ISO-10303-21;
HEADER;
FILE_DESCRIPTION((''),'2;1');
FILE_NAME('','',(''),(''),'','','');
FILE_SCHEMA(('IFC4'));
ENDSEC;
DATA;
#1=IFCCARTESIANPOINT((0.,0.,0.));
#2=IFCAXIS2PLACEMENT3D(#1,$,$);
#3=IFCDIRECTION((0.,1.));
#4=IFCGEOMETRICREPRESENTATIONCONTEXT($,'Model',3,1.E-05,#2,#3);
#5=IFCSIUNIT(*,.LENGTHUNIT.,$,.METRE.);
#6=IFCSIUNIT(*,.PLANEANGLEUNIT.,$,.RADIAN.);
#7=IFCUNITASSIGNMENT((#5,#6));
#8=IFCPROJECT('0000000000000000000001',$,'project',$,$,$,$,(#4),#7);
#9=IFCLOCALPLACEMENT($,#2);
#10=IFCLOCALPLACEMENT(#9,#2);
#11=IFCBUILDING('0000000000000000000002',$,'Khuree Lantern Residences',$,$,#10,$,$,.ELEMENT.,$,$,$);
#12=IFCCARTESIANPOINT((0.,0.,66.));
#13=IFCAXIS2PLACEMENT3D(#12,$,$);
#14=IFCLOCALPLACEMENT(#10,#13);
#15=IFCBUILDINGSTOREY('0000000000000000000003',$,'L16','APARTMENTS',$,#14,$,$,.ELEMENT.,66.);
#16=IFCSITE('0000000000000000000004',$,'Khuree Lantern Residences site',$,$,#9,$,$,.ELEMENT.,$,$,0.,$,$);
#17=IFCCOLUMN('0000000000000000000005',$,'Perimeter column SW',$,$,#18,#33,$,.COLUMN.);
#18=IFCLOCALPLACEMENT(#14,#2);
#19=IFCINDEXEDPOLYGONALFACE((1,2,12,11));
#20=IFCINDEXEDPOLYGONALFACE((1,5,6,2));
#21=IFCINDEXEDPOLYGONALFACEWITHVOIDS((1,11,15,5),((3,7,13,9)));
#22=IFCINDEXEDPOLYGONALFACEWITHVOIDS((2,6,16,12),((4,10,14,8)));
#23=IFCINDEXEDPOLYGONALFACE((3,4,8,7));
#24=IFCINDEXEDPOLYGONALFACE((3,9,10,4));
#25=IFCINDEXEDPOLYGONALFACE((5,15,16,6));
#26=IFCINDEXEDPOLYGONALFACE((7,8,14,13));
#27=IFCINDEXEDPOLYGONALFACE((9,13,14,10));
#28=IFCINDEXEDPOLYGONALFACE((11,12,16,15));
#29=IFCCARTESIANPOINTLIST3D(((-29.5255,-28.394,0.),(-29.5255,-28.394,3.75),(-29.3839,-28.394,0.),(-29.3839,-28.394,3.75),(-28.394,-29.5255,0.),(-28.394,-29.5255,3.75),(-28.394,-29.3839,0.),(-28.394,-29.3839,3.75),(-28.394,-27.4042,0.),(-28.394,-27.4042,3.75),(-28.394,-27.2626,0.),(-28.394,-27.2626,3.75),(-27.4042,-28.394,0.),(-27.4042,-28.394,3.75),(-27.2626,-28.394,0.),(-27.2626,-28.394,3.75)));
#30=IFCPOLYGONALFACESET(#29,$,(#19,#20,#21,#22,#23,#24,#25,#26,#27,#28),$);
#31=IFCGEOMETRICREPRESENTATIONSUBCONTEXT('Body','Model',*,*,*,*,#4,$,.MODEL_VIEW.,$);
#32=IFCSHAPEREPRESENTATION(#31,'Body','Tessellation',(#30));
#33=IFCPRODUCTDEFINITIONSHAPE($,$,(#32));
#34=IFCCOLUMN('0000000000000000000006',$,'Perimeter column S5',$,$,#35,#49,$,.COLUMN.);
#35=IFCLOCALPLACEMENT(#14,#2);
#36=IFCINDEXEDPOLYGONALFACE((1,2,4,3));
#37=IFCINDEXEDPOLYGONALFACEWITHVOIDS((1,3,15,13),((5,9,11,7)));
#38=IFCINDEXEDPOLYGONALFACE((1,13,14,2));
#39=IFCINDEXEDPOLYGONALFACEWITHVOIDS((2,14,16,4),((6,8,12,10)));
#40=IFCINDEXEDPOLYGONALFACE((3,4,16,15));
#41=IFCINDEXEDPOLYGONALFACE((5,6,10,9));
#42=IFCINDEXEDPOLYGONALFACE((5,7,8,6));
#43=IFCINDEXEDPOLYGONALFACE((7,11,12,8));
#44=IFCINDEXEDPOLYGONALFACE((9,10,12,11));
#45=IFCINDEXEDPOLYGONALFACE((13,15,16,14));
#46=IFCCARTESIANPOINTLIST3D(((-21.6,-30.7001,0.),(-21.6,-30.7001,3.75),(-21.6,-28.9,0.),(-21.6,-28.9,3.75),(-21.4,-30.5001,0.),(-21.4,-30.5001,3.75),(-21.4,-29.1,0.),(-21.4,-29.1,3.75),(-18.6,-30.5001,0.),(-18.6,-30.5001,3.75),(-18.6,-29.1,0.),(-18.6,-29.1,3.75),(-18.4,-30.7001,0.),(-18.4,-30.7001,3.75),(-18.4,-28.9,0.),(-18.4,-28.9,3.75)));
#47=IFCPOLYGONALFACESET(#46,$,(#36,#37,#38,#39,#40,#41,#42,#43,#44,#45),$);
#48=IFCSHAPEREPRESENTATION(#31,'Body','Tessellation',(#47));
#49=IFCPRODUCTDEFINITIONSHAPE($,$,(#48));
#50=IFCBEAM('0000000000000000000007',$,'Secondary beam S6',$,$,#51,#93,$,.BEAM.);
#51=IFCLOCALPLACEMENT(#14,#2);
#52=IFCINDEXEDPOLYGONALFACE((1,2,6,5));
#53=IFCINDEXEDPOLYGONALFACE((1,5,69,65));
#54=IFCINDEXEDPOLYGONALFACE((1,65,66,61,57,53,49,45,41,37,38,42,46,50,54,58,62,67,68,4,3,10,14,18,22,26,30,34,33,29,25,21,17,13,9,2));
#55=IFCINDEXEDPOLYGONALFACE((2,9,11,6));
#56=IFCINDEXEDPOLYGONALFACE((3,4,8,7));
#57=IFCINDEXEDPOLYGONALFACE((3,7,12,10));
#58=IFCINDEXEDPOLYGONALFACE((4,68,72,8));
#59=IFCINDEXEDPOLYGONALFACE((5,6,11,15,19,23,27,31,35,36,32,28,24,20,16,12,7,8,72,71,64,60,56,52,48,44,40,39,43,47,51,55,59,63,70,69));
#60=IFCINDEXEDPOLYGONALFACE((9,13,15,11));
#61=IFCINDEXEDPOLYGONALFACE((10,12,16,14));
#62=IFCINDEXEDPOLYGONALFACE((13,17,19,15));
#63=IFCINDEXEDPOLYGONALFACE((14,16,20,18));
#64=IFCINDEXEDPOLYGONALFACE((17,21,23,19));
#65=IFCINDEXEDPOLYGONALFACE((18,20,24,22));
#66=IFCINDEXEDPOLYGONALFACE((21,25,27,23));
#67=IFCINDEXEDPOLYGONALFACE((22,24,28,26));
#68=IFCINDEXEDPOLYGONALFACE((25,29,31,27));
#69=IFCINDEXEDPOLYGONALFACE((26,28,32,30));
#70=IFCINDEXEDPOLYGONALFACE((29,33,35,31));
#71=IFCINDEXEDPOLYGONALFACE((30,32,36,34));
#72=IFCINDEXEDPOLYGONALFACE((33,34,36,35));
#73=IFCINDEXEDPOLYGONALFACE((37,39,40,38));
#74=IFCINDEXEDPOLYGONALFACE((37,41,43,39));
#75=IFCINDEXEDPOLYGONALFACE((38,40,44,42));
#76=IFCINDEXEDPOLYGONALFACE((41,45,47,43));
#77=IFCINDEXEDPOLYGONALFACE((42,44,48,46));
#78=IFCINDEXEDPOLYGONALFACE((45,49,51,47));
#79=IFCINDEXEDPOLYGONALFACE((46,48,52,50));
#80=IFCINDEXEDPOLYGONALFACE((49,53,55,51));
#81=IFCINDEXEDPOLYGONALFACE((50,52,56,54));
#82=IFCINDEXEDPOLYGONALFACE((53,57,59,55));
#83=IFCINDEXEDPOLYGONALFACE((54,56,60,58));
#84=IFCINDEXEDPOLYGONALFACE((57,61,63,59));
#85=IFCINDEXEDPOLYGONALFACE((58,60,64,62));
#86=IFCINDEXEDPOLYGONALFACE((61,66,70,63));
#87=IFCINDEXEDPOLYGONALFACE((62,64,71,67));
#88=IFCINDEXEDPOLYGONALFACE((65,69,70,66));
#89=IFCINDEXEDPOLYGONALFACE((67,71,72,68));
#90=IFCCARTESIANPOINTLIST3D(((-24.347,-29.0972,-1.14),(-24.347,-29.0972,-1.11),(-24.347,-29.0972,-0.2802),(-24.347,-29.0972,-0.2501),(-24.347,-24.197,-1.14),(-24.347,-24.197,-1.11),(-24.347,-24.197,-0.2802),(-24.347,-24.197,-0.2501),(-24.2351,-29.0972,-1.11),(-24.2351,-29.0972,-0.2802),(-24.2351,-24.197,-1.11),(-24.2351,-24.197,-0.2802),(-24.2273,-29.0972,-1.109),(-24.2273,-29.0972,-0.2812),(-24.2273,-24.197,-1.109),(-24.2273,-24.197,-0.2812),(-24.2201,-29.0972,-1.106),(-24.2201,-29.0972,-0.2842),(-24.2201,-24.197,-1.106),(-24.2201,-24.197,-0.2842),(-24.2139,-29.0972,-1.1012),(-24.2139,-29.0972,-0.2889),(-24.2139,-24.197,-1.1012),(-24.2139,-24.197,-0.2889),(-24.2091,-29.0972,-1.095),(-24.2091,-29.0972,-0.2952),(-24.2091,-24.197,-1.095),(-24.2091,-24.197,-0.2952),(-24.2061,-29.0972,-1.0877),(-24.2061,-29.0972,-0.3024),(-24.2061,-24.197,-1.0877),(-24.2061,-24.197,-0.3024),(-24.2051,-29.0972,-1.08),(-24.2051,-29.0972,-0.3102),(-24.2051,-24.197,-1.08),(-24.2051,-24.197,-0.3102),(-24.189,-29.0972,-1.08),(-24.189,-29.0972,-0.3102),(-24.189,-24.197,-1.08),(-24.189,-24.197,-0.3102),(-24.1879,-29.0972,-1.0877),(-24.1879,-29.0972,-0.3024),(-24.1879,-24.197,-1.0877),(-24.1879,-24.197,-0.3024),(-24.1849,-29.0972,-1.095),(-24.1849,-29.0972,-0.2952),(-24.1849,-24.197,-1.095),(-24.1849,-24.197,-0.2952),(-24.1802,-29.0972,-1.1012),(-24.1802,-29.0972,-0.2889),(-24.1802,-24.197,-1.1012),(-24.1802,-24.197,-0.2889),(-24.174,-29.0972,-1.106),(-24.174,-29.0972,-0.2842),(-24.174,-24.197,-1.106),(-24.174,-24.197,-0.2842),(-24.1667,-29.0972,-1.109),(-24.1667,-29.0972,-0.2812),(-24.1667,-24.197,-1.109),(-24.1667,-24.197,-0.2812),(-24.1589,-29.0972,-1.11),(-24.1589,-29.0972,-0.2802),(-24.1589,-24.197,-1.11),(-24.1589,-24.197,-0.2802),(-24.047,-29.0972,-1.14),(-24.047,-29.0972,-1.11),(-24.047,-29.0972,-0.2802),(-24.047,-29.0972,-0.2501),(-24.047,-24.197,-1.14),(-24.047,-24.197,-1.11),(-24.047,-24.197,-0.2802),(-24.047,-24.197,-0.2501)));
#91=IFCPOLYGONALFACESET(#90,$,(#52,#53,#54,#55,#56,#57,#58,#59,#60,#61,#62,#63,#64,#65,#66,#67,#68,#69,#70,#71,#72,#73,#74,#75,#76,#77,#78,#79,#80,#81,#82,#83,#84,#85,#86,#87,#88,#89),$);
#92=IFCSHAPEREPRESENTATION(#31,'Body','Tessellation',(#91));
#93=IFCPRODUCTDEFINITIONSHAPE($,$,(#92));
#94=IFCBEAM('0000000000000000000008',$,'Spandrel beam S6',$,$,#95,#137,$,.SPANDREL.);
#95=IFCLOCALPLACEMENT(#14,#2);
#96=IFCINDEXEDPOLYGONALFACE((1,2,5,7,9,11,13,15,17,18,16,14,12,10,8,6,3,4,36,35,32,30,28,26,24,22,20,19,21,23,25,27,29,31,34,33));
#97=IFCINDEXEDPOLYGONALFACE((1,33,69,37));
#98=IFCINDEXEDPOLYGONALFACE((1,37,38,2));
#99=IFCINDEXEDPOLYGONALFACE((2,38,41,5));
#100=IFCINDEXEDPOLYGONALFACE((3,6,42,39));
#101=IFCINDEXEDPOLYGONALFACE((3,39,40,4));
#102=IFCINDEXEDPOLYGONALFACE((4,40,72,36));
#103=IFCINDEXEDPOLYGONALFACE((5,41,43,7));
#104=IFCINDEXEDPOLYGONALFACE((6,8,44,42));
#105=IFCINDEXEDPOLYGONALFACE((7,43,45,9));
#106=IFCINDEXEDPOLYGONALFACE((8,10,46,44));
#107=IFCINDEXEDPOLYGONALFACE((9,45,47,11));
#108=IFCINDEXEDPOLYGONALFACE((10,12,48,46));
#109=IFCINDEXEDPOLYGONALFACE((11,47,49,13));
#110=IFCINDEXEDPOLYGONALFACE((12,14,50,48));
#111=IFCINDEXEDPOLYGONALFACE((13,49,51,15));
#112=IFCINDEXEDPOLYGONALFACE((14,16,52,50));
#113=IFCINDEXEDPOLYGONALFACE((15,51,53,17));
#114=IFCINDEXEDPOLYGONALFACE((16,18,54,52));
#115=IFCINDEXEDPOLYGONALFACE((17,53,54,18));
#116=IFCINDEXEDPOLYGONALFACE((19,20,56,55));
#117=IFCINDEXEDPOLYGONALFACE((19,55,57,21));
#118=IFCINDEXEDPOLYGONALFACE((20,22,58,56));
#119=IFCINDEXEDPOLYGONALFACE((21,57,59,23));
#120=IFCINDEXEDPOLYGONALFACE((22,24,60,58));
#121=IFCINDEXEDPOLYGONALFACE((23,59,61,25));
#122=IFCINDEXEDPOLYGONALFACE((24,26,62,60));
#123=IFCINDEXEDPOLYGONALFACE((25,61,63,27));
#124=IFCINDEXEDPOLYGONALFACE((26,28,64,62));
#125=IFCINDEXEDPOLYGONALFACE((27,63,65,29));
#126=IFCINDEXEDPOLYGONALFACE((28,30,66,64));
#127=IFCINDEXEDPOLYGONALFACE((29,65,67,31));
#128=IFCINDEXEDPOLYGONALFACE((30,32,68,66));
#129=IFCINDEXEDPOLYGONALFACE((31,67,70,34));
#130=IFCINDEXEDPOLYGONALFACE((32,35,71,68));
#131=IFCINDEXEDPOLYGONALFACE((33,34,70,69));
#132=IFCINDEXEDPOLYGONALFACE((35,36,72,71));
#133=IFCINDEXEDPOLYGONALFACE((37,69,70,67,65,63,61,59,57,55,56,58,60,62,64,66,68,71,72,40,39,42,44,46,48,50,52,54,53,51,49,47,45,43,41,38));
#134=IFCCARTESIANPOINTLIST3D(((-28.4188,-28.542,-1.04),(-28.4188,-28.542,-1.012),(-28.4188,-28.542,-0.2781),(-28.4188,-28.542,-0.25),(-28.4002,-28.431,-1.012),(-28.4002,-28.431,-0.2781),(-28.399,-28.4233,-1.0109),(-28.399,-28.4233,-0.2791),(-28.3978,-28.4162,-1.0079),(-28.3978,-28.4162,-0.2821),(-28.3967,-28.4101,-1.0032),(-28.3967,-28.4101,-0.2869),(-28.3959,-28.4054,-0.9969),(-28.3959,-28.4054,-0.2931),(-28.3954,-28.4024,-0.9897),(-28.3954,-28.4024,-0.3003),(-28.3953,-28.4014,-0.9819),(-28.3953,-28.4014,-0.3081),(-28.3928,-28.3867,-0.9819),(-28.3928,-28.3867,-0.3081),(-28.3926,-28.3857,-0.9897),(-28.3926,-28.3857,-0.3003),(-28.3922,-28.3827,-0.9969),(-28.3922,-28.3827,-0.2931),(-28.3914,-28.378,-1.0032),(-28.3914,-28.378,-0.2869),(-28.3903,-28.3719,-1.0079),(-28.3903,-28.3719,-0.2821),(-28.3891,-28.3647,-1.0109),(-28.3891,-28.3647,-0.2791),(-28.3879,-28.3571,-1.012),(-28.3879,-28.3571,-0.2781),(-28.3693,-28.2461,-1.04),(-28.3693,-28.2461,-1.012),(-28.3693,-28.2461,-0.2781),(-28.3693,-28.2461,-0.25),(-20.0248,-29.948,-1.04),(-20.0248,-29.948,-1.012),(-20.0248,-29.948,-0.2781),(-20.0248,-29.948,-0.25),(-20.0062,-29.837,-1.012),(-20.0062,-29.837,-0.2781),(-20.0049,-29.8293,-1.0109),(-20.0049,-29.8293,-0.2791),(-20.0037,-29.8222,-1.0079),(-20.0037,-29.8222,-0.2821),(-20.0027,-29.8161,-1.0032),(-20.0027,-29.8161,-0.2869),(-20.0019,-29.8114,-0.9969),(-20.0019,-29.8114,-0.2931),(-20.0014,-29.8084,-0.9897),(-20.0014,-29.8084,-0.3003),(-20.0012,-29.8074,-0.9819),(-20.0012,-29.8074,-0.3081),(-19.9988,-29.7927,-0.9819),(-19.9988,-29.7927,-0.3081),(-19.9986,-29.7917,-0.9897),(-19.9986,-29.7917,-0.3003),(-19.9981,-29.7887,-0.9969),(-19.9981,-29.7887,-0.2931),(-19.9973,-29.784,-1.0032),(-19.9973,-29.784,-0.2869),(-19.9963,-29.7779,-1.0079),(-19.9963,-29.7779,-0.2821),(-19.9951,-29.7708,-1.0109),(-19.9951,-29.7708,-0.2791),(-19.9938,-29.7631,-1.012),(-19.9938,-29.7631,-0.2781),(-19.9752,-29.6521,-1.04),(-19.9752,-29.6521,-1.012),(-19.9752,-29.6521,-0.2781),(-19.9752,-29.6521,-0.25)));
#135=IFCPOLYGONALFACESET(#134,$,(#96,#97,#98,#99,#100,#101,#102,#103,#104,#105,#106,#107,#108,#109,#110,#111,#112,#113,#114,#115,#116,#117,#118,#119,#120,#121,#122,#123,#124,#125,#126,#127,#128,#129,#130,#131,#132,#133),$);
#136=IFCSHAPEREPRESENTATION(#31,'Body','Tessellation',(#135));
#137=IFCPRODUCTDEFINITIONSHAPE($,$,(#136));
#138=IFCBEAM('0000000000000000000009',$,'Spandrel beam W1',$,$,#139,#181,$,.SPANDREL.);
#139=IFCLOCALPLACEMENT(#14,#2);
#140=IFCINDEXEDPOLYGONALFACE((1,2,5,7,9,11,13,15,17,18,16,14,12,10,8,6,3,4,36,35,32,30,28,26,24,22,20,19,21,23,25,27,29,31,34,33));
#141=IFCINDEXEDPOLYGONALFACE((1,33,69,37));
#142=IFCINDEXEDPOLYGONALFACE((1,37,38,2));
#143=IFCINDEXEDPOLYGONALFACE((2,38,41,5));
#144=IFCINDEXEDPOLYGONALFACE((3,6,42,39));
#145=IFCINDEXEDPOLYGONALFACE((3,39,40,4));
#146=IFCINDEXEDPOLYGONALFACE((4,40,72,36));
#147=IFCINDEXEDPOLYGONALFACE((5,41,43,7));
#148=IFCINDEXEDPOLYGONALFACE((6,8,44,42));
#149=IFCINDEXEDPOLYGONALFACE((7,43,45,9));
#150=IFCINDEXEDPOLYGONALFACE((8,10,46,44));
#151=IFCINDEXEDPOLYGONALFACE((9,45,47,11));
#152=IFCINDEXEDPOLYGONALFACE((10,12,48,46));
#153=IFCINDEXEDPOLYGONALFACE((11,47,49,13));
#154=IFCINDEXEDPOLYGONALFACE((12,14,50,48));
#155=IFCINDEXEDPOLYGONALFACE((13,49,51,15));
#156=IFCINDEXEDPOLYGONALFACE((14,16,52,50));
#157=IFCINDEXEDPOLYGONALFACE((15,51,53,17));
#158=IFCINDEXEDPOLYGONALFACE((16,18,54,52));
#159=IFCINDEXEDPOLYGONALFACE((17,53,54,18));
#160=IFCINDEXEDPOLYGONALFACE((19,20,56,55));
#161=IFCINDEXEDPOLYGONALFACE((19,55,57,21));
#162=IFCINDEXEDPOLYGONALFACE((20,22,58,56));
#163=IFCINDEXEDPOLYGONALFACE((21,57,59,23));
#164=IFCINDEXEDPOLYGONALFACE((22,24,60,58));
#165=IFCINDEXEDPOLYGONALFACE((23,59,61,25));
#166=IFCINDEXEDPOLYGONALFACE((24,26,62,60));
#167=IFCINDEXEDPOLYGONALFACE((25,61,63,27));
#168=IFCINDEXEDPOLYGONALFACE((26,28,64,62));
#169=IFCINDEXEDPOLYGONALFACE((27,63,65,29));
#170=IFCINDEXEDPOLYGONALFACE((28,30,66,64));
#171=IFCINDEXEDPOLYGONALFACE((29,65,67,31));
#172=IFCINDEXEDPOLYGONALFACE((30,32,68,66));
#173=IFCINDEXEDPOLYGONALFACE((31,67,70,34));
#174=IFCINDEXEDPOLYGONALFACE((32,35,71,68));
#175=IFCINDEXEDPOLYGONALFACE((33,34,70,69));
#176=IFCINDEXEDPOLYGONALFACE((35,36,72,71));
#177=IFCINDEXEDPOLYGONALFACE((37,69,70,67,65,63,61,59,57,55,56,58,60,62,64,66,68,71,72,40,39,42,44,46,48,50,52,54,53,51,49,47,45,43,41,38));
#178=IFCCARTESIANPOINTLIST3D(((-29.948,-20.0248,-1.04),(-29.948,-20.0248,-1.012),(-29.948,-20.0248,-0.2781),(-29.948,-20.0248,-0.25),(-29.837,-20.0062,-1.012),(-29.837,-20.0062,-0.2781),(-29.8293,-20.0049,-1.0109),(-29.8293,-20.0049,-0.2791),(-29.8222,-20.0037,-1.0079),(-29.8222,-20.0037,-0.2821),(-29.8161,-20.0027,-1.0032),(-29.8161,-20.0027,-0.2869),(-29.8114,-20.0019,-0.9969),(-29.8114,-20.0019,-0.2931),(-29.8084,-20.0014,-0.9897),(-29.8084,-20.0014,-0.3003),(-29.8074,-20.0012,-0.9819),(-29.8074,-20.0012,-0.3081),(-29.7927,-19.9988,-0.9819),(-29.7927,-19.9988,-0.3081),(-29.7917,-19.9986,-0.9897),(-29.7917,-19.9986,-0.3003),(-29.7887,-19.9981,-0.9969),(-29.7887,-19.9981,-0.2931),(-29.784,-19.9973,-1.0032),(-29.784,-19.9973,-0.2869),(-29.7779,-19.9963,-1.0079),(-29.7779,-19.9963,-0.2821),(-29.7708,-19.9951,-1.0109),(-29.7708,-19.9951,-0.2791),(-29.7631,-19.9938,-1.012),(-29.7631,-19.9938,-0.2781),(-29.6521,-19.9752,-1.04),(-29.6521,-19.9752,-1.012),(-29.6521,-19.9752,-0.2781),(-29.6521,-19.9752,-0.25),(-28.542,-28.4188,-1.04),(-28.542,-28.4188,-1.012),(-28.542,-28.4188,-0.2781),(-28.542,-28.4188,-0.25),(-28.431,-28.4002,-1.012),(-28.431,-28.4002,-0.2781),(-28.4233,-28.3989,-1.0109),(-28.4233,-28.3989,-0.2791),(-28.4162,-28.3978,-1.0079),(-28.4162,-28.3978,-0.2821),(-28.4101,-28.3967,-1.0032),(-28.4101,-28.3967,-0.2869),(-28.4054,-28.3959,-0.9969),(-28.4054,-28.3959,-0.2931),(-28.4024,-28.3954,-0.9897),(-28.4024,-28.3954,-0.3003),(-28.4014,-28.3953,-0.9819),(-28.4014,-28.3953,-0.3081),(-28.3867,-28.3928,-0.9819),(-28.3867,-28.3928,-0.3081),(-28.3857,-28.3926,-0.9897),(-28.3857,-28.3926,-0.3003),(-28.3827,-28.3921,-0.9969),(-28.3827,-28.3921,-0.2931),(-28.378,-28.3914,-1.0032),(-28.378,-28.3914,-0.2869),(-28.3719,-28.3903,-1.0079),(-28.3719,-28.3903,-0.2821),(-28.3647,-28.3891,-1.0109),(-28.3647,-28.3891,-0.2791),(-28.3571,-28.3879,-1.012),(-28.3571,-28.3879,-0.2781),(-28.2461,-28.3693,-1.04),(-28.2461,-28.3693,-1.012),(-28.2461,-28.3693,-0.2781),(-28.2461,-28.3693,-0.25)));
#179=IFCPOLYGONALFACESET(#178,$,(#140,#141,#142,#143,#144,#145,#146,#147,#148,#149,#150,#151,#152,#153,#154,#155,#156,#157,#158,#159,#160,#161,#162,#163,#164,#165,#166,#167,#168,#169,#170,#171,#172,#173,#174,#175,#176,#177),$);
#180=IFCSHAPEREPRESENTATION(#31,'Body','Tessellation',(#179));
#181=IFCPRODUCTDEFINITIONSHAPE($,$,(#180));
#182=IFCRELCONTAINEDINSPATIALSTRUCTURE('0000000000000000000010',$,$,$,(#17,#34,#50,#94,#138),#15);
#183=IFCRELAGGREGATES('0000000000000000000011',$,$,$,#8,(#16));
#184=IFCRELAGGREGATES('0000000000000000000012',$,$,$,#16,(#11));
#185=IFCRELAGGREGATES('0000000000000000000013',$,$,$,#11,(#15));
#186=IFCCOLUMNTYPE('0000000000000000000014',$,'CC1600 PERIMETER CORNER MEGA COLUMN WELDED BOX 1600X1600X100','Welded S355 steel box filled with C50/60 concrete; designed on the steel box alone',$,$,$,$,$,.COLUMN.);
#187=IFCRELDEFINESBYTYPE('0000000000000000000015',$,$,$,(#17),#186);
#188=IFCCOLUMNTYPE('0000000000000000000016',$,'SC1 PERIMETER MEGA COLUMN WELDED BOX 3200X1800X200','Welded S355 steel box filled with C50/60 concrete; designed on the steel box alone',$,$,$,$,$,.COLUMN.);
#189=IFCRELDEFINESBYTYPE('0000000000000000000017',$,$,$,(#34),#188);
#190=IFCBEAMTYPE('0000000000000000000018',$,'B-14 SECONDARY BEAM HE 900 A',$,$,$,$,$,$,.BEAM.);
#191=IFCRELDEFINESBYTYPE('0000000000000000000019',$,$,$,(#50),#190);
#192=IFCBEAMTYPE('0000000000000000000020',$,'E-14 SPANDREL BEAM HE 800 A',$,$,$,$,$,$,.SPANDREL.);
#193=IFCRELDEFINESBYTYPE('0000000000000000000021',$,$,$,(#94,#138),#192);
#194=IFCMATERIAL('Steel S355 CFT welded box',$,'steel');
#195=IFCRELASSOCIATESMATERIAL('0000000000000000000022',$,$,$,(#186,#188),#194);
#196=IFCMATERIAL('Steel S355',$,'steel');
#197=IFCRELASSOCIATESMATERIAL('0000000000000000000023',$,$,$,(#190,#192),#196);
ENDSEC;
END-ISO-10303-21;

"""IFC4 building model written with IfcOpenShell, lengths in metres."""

from ifc_helpers import new_model, si_unit, direction, frame, origin, origin_2d, place, context, subcontext, project, spatial, hollow_rectangle, i_section, extrude, material, material_profile, profile_set, type_object, element, save


model = new_model("IFC4")

# Units and contexts
model_context = context("Model", 3, precision=1e-05, world=origin(), true_north=direction((0.0, 1.0)))
body_context = subcontext(model_context, "Body", "Model", "MODEL_VIEW")
ifc_project = project(units=[si_unit("LENGTHUNIT", "METRE"), si_unit("PLANEANGLEUNIT", "RADIAN")], contexts=[model_context])

# Site, building, storey
site_placement = place(None, origin())
site = spatial("IfcSite", under=ifc_project, at=site_placement, Name="Khuree Lantern Residences site", CompositionType="ELEMENT", RefElevation=0.0)
building_placement = place(site_placement, origin())
building = spatial("IfcBuilding", under=site, at=building_placement, Name="Khuree Lantern Residences", CompositionType="ELEMENT")
storey_placement = place(building_placement, frame((0.0, 0.0, 66.0)))
storey = spatial("IfcBuildingStorey", under=building, at=storey_placement, Name="L16", Description="APARTMENTS", CompositionType="ELEMENT", Elevation=66.0)

# Columns
ifc_material_1 = material(Name="Steel S355 CFT welded box", Category="steel")
ifc_material_profile_1 = material_profile(ifc_material_1, hollow_rectangle(XDim=1.6001, YDim=1.6001, WallThickness=0.1001, at=origin_2d()), Name="WELDED BOX 1600X1600X100")
ifc_profile_set_1 = profile_set([ifc_material_profile_1], Name="Steel S355 CFT welded box")
column_type_1 = type_object("IfcColumnType", Name="CC1600 PERIMETER CORNER MEGA COLUMN WELDED BOX 1600X1600X100", Description="Welded S355 steel box filled with C50/60 concrete; designed on the steel box alone", PredefinedType="COLUMN", material=ifc_profile_set_1)
column_1_placement = place(storey_placement, frame((-28.394, -28.394, 0.0), z_axis=(0.0, 0.0, 1.0), x_axis=(0.707107, -0.707107, 0.0)))
element("IfcColumn", 1, at=column_1_placement, inside=storey, type_object=column_type_1, Name="Perimeter column SW", PredefinedType="COLUMN", context=body_context, shape_type="SweptSolid", body=[
    extrude(hollow_rectangle(XDim=1.6001, YDim=1.6001, WallThickness=0.1001, at=origin_2d()), origin(), (0.0, 0.0, 1.0), 3.75),
])
ifc_material_profile_2 = material_profile(ifc_material_1, hollow_rectangle(XDim=3.2, YDim=1.8, WallThickness=0.2, at=origin_2d()), Name="WELDED BOX 3200X1800X200")
ifc_profile_set_2 = profile_set([ifc_material_profile_2], Name="Steel S355 CFT welded box")
column_type_2 = type_object("IfcColumnType", Name="SC1 PERIMETER MEGA COLUMN WELDED BOX 3200X1800X200", Description="Welded S355 steel box filled with C50/60 concrete; designed on the steel box alone", PredefinedType="COLUMN", material=ifc_profile_set_2)
column_2_placement = place(storey_placement, frame((-20.0, -29.8, 0.0), z_axis=(0.0, 0.0, 1.0), x_axis=(1.0, 0.0, 0.0)))
element("IfcColumn", 2, at=column_2_placement, inside=storey, type_object=column_type_2, Name="Perimeter column S5", PredefinedType="COLUMN", context=body_context, shape_type="SweptSolid", body=[
    extrude(hollow_rectangle(XDim=3.2, YDim=1.8, WallThickness=0.2, at=origin_2d()), origin(), (0.0, 0.0, 1.0), 3.75),
])

# Beams
ifc_material_2 = material(Name="Steel S355", Category="steel")
ifc_material_profile_3 = material_profile(ifc_material_2, i_section(OverallWidth=0.3, OverallDepth=0.8899, WebThickness=0.0161, FlangeThickness=0.03, FilletRadius=0.03, at=origin_2d()), Name="HE 900 A")
ifc_profile_set_3 = profile_set([ifc_material_profile_3], Name="Steel S355")
beam_type_1 = type_object("IfcBeamType", Name="B-14 SECONDARY BEAM HE 900 A", PredefinedType="BEAM", material=ifc_profile_set_3)
beam_1_placement = place(storey_placement, frame((-24.197, -29.0972, -0.6951), z_axis=(0.0, 1.0, 0.0), x_axis=(-1.0, 0.0, 0.0)))
element("IfcBeam", 3, at=beam_1_placement, inside=storey, type_object=beam_type_1, Name="Secondary beam S6", PredefinedType="BEAM", context=body_context, shape_type="SweptSolid", body=[
    extrude(i_section(OverallWidth=0.3, OverallDepth=0.8899, WebThickness=0.0161, FlangeThickness=0.03, FilletRadius=0.03, at=origin_2d()), origin(), (0.0, 0.0, 1.0), 4.9001),
])
ifc_material_profile_4 = material_profile(ifc_material_2, i_section(OverallWidth=0.3, OverallDepth=0.79, WebThickness=0.0149, FlangeThickness=0.0281, FilletRadius=0.03, at=origin_2d()), Name="HE 800 A")
ifc_profile_set_4 = profile_set([ifc_material_profile_4], Name="Steel S355")
beam_type_2 = type_object("IfcBeamType", Name="E-14 SPANDREL BEAM HE 800 A", PredefinedType="SPANDREL", material=ifc_profile_set_4)
for number, where, z_axis, x_axis, name in (
    (4, (-20.0, -29.8, -0.645), (-0.98626, 0.165199, 0.0), (-0.165199, -0.98626, 0.0), "Spandrel beam S6"),
    (5, (-28.394, -28.394, -0.645), (-0.165199, 0.98626, 0.0), (-0.98626, -0.165199, 0.0), "Spandrel beam W1"),
):
    element("IfcBeam", number, at=place(storey_placement, frame(where, z_axis=z_axis, x_axis=x_axis)), inside=storey, type_object=beam_type_2, Name=name, PredefinedType="SPANDREL", context=body_context, shape_type="SweptSolid", body=[
        extrude(i_section(OverallWidth=0.3, OverallDepth=0.79, WebThickness=0.0149, FlangeThickness=0.0281, FilletRadius=0.03, at=origin_2d()), origin(), (0.0, 0.0, 1.0), 8.511),
    ])

save(model, "model.ifc")
